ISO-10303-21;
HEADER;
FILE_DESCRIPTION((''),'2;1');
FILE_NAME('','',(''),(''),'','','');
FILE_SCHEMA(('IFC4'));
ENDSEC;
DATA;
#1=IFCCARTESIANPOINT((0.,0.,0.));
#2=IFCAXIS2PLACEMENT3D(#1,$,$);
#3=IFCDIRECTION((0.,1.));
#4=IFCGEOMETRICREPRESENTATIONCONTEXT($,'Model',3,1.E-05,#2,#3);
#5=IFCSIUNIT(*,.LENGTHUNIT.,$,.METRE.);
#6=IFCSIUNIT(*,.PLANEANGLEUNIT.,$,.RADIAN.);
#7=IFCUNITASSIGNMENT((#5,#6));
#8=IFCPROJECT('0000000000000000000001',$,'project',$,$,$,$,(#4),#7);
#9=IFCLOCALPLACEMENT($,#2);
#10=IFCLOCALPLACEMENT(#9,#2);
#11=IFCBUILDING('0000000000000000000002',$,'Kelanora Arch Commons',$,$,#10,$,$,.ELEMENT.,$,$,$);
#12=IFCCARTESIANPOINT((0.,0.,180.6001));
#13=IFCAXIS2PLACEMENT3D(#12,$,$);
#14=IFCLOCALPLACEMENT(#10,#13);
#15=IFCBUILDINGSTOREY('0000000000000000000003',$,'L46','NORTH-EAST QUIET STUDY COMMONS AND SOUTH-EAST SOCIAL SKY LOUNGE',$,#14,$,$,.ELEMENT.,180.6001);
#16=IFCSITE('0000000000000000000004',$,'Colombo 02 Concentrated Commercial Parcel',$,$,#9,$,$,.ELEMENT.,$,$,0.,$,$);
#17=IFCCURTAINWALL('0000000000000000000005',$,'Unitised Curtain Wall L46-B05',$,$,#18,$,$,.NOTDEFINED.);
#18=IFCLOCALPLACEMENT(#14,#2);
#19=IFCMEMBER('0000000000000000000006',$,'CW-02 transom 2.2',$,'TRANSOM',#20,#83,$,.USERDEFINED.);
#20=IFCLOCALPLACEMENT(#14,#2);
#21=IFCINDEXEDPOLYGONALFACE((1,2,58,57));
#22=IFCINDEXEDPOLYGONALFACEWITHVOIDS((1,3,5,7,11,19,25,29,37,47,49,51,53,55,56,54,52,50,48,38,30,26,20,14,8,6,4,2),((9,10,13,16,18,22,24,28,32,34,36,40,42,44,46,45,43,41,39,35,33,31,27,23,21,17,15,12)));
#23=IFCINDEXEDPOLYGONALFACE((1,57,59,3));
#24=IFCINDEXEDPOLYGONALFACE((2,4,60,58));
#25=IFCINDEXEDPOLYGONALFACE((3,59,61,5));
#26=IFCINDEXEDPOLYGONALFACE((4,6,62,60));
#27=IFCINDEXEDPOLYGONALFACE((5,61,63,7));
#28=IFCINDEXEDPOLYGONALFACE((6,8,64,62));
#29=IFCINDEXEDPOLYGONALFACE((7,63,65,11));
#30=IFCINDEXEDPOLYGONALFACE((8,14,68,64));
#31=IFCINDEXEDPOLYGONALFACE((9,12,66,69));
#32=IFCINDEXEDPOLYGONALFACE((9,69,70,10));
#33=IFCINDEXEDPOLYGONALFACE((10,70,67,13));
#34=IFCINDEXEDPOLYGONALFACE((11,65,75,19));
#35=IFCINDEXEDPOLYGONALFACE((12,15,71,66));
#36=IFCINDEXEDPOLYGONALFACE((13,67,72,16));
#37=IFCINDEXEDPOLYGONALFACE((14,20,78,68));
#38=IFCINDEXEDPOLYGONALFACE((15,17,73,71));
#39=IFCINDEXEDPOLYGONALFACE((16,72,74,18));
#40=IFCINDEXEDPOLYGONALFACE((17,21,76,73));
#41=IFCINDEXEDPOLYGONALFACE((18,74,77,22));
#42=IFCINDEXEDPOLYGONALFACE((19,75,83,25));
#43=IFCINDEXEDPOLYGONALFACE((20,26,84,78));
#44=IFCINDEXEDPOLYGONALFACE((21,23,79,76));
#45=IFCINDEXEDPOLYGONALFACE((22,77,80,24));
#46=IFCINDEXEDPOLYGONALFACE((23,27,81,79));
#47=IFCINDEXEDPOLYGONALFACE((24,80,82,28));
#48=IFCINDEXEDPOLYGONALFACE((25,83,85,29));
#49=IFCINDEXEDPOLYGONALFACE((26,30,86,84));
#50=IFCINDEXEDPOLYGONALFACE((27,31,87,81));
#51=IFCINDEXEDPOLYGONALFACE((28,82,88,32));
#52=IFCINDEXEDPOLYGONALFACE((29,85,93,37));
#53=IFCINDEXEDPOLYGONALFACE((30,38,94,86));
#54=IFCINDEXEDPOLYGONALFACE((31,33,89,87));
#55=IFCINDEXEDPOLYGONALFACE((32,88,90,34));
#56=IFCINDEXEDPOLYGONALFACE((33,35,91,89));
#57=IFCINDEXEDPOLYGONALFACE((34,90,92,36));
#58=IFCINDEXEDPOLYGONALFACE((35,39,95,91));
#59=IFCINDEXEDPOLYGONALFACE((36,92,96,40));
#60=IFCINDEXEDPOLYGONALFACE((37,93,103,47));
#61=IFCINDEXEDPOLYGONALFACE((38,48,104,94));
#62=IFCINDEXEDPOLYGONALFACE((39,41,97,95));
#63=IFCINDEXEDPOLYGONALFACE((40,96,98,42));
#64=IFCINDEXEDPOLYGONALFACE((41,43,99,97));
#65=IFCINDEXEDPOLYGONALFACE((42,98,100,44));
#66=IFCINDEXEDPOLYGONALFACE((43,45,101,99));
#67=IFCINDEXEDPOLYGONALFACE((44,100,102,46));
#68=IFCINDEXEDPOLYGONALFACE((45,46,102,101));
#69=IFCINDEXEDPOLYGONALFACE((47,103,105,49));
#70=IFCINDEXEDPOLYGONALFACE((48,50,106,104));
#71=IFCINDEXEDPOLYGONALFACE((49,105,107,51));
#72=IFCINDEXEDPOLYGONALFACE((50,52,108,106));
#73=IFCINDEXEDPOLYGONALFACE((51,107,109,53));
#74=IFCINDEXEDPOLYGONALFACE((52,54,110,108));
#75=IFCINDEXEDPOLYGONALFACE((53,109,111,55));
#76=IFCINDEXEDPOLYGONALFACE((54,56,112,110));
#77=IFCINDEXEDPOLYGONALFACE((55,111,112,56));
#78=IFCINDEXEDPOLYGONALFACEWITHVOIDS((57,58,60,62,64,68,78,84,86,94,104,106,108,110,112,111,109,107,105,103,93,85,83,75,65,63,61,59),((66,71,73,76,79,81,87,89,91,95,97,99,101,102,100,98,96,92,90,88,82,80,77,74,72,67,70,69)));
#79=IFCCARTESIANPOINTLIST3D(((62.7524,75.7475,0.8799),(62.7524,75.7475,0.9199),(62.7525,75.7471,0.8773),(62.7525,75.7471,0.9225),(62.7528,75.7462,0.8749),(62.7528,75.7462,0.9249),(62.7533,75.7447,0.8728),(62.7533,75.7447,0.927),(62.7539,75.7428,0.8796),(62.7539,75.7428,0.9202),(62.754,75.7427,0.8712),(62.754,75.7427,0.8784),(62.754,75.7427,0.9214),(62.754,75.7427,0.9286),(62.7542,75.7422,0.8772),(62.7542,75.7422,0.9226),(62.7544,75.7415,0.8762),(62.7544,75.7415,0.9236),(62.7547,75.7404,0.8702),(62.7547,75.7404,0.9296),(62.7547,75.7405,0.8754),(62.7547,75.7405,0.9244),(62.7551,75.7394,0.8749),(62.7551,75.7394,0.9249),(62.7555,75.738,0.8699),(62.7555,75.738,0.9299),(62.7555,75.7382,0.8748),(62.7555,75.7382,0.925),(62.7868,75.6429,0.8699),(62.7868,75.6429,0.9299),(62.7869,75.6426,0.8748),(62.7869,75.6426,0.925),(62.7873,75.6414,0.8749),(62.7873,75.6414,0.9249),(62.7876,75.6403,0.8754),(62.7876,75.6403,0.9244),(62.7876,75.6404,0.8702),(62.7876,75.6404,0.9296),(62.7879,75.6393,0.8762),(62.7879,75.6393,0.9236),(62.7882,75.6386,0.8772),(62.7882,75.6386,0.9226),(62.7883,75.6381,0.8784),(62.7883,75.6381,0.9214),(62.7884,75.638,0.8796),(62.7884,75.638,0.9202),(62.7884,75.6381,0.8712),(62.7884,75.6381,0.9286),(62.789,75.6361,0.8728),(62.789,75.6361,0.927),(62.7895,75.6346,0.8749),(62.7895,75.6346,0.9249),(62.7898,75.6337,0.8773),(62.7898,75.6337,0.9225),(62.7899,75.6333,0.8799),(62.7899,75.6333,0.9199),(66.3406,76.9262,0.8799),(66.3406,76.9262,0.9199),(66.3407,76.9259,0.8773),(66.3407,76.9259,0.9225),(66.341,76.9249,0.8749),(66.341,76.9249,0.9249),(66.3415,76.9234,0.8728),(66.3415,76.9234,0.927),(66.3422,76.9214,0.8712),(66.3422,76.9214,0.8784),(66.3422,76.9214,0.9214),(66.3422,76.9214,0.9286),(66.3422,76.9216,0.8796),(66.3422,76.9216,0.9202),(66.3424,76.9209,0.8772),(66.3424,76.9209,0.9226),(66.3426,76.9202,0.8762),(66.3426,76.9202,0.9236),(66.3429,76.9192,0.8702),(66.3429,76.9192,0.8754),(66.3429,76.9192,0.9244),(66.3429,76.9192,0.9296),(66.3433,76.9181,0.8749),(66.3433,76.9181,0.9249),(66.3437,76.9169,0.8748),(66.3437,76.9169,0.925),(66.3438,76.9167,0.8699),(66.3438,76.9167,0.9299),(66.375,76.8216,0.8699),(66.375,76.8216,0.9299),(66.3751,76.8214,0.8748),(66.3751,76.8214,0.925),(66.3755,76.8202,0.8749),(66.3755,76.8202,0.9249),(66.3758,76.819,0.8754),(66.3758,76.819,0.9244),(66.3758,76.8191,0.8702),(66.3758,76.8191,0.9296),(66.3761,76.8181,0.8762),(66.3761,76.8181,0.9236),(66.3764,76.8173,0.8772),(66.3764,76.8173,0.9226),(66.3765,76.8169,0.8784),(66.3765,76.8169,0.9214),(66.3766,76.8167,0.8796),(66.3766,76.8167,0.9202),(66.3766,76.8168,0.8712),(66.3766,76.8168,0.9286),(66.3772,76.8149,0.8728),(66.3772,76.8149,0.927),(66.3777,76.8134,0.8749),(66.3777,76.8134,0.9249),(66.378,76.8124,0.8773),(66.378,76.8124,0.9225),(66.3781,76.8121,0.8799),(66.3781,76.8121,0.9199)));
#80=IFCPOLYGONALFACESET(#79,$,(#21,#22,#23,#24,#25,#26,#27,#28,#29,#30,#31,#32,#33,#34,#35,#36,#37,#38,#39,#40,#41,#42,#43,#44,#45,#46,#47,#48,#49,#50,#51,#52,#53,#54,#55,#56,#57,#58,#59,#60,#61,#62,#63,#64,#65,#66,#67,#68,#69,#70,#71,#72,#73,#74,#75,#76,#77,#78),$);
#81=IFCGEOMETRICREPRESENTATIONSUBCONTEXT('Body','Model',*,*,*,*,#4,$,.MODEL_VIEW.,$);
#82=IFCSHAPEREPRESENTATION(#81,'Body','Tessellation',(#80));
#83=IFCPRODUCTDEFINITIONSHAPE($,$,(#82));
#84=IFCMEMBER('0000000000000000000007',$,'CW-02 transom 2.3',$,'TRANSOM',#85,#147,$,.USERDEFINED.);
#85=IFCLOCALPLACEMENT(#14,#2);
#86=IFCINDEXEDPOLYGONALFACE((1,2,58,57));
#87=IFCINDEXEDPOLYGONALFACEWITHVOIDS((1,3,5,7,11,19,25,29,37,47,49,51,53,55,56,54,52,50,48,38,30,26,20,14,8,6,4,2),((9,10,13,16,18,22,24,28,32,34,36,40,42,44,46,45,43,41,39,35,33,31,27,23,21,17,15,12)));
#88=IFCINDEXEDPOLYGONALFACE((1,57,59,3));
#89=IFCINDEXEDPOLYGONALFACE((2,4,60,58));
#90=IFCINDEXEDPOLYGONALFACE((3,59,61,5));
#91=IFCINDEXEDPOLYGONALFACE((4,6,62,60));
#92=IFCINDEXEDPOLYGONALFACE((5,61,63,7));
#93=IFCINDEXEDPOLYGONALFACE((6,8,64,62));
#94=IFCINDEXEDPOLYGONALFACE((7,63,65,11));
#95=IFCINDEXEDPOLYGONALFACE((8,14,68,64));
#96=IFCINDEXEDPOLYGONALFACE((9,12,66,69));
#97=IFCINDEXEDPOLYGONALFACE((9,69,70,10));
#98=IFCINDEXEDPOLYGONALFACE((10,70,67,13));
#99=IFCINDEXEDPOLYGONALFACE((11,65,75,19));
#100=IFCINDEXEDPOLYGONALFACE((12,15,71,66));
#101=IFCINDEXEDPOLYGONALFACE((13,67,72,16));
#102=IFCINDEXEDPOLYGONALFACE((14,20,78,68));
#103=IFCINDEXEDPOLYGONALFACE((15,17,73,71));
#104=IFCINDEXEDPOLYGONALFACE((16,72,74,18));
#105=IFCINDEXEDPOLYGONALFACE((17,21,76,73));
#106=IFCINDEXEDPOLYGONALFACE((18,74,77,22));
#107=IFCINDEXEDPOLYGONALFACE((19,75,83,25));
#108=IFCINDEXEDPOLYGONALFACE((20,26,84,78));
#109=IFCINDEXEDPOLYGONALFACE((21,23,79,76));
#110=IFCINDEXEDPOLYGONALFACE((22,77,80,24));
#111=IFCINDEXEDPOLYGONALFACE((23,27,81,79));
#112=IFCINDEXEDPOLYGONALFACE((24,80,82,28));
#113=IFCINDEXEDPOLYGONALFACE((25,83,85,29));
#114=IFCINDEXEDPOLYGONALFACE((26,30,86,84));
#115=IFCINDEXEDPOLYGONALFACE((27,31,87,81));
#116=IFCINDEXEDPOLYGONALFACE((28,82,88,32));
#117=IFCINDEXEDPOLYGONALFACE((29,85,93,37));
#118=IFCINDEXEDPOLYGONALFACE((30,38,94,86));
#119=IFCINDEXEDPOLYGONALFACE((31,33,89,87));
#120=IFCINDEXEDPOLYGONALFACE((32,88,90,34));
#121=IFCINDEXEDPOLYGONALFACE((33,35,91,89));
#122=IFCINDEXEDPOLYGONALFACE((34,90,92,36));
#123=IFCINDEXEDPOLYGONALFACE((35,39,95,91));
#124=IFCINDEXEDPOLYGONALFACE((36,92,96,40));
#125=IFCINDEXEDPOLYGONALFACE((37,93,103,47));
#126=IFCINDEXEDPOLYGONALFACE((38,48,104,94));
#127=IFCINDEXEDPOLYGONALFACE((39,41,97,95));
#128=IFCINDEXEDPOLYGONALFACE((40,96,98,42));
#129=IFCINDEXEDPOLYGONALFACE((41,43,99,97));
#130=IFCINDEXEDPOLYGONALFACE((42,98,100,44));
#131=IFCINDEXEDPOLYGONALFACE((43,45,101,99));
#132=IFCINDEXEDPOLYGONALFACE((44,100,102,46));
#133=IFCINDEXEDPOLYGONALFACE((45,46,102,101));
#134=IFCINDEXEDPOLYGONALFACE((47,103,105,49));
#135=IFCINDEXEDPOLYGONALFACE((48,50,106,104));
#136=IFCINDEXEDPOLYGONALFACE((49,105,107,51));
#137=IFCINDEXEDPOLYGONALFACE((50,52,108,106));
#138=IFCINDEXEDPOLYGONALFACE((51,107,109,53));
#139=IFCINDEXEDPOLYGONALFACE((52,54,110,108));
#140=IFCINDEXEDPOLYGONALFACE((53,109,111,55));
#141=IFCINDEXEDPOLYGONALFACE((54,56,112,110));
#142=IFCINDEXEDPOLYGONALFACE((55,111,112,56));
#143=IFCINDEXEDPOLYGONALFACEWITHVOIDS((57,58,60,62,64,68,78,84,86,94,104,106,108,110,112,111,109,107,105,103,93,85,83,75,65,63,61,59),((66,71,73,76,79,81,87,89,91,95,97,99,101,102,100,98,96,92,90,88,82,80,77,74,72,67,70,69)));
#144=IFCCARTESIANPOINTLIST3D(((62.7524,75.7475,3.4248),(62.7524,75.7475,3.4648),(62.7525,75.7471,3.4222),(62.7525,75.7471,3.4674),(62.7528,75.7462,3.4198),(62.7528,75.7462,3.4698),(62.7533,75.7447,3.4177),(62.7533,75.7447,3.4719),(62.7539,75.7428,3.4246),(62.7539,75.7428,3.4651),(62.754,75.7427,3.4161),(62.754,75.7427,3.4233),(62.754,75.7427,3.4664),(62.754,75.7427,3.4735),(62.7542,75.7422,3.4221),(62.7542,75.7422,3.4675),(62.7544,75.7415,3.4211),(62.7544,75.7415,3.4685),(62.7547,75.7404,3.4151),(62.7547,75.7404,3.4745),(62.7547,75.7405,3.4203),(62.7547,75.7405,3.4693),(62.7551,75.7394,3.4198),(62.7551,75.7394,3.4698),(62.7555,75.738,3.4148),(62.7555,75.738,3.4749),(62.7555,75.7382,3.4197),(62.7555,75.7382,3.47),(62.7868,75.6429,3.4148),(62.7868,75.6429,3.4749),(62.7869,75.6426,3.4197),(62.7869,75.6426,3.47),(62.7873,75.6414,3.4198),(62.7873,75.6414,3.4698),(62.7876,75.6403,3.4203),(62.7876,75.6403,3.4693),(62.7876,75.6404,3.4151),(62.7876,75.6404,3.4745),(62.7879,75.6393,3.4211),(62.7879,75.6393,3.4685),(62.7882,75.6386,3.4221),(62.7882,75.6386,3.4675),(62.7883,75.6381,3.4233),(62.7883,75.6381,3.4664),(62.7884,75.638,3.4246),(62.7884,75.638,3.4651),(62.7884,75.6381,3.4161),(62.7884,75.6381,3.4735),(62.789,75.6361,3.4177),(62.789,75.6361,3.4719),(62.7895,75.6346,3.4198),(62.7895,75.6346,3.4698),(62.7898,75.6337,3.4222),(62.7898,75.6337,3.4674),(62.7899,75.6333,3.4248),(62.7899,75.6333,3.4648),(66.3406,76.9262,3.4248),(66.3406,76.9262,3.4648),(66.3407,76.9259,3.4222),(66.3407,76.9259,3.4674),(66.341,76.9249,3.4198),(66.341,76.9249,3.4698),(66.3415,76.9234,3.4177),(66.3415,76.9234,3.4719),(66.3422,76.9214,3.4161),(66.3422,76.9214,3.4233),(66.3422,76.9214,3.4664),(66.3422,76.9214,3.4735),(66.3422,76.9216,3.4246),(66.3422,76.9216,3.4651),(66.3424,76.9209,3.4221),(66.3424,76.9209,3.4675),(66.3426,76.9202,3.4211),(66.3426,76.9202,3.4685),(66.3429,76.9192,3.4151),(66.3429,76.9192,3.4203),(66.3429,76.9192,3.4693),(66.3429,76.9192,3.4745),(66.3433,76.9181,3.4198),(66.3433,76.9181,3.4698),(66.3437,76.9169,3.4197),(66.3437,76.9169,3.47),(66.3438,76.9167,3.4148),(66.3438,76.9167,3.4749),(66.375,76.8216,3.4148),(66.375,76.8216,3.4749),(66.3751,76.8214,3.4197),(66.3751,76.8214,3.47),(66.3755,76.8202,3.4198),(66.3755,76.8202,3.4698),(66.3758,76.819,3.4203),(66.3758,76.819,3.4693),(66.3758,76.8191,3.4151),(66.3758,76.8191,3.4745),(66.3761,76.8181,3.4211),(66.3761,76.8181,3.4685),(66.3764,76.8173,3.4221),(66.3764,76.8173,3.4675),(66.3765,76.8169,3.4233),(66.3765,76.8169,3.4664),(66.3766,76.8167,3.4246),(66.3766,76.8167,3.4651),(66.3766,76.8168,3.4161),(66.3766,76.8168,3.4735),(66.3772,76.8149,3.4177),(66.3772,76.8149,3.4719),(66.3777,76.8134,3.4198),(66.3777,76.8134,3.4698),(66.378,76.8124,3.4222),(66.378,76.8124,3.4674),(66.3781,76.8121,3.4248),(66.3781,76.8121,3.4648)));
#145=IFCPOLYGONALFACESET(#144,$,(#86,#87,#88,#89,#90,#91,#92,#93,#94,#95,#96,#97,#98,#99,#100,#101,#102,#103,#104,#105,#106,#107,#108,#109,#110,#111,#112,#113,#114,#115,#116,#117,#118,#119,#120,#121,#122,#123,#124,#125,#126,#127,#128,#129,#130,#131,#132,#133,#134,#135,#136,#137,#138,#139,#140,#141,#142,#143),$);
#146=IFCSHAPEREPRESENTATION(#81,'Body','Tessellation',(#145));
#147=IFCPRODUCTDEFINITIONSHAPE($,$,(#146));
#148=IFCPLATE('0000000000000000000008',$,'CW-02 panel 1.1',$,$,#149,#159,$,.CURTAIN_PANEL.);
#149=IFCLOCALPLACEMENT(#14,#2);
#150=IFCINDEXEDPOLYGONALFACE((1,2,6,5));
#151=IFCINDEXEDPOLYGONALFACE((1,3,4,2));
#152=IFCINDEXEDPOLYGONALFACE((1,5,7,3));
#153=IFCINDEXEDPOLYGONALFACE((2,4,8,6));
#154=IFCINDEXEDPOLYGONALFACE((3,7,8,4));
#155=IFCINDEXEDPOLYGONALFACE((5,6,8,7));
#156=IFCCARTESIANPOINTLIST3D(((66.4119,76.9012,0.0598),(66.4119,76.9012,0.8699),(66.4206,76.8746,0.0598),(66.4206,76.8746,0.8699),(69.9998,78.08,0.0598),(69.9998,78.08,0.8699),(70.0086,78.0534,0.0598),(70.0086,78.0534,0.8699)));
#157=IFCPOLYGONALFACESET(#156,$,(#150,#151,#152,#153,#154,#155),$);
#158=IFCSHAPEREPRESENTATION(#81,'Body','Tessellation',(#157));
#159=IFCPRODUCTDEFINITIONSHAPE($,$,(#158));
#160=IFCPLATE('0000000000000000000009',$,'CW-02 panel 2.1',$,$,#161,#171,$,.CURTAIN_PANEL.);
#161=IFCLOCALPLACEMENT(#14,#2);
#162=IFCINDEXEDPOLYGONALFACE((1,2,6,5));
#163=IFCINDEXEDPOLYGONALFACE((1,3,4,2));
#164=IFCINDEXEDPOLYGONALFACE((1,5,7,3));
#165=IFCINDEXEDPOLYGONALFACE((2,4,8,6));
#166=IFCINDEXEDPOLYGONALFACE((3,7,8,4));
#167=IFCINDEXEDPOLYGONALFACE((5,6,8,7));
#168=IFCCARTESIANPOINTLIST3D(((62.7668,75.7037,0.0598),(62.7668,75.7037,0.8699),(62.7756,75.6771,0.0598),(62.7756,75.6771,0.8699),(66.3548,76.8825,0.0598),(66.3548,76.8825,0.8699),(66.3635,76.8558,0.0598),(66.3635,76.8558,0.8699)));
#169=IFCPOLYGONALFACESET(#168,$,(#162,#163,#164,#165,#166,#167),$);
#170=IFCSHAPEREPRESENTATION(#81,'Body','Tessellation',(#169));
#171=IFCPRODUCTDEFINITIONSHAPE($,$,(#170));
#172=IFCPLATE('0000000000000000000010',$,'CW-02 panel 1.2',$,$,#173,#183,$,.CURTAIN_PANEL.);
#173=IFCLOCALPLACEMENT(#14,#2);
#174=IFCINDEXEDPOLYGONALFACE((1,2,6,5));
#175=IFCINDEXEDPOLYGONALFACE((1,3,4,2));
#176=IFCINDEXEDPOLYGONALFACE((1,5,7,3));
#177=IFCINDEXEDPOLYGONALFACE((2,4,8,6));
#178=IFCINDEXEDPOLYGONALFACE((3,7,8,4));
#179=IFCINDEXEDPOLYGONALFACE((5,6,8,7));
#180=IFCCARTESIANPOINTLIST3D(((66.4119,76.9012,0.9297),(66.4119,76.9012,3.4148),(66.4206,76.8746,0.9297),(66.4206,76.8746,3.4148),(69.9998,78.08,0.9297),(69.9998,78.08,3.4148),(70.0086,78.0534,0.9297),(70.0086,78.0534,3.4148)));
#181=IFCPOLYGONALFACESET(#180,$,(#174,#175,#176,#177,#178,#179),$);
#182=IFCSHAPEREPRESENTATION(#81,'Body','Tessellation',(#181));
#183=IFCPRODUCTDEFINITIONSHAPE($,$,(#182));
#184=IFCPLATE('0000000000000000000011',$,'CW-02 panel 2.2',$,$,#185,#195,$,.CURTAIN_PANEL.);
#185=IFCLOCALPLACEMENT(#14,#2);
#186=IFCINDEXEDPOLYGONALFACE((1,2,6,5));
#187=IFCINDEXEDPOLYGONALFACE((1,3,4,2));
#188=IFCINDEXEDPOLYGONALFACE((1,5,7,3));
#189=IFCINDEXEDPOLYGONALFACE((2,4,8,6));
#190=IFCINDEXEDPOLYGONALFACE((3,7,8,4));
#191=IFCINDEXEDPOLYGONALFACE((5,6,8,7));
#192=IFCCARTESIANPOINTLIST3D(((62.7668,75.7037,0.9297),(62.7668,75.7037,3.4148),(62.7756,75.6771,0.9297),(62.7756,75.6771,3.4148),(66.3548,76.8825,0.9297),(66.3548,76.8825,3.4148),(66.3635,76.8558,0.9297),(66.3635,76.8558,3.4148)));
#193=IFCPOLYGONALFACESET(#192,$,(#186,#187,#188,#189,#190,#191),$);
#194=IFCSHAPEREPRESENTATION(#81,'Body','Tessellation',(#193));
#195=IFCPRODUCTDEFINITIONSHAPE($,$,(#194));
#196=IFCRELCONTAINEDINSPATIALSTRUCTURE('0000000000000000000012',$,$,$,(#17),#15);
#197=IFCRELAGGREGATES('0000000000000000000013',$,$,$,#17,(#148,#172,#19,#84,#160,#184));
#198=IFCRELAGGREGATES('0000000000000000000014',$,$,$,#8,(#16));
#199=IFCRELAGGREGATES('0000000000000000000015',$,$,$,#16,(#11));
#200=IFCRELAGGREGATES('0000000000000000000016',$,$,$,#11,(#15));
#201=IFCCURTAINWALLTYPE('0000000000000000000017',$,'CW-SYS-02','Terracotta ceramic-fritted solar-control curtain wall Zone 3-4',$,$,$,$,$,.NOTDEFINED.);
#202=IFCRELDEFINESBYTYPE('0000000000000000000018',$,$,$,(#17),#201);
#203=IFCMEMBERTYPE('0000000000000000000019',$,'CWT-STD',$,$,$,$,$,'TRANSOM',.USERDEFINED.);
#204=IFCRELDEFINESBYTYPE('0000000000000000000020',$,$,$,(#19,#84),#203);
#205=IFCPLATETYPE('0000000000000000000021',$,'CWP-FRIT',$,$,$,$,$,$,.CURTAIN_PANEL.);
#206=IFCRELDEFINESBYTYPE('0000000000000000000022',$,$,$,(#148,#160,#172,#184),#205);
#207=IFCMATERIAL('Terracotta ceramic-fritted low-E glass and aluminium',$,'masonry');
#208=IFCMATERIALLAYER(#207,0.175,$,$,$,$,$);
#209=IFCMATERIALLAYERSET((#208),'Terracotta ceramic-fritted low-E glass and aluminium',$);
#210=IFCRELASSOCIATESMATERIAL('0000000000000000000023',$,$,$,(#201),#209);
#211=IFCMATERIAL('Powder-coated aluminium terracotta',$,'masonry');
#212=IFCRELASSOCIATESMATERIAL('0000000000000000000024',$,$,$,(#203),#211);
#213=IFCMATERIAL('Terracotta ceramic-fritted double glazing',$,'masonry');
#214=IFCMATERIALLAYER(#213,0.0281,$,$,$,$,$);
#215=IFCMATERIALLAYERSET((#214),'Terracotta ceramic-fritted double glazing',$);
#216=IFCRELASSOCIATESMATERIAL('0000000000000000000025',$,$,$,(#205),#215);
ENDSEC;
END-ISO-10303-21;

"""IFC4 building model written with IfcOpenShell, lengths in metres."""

from ifc_helpers import new_model, si_unit, direction, frame, origin, origin_2d, place, context, subcontext, project, spatial, rectangle, hollow_rectangle, extrude, source, transform, mapped, material, layer, layer_set, material_profile, profile_set, type_object, element, aggregate, save


model = new_model("IFC4")

# Units and contexts
model_context = context("Model", 3, precision=1e-05, world=origin(), true_north=direction((0.0, 1.0)))
body_context = subcontext(model_context, "Body", "Model", "MODEL_VIEW")
ifc_project = project(units=[si_unit("LENGTHUNIT", "METRE"), si_unit("PLANEANGLEUNIT", "RADIAN")], contexts=[model_context])

# Site, building, storey
site_placement = place(None, origin())
site = spatial("IfcSite", under=ifc_project, at=site_placement, Name="Colombo 02 Concentrated Commercial Parcel", CompositionType="ELEMENT", RefElevation=0.0)
building_placement = place(site_placement, origin())
building = spatial("IfcBuilding", under=site, at=building_placement, Name="Kelanora Arch Commons", CompositionType="ELEMENT")
storey_placement = place(building_placement, frame((0.0, 0.0, 180.6001)))
storey = spatial("IfcBuildingStorey", under=building, at=storey_placement, Name="L46", Description="NORTH-EAST QUIET STUDY COMMONS AND SOUTH-EAST SOCIAL SKY LOUNGE", CompositionType="ELEMENT", Elevation=180.6001)

# Curtain wall, members, plates
ifc_material_1 = material(Name="Terracotta ceramic-fritted low-E glass and aluminium", Category="masonry")
ifc_layer_1 = layer(ifc_material_1, 0.175)
ifc_layer_set_1 = layer_set([ifc_layer_1], Name="Terracotta ceramic-fritted low-E glass and aluminium")
curtain_wall_type = type_object("IfcCurtainWallType", Name="CW-SYS-02", Description="Terracotta ceramic-fritted solar-control curtain wall Zone 3-4", PredefinedType="NOTDEFINED", material=ifc_layer_set_1)
curtain_wall_placement = place(storey_placement, origin())
curtain_wall = element("IfcCurtainWall", 1, at=curtain_wall_placement, inside=storey, type_object=curtain_wall_type, Name="Unitised Curtain Wall L46-B05", PredefinedType="NOTDEFINED")
ifc_material_2 = material(Name="Powder-coated aluminium terracotta", Category="masonry")
ifc_material_profile_1 = material_profile(ifc_material_2, hollow_rectangle(XDim=0.1201, YDim=0.0601, WallThickness=0.0049, InnerFilletRadius=0.0049, OuterFilletRadius=0.01, at=origin_2d()), Name="CWT120x60")
ifc_profile_set_1 = profile_set([ifc_material_profile_1], Name="Powder-coated aluminium terracotta")
member_type_1 = type_object("IfcMemberType", Name="CWT-STD", ElementType="TRANSOM", PredefinedType="USERDEFINED", material=ifc_profile_set_1)
member_1_placement = place(storey_placement, frame((66.3594, 76.8691, 0.8999), z_axis=(-0.950051, -0.312094, 0.0), x_axis=(0.312094, -0.950051, 0.0)))
member_1 = element("IfcMember", 2, at=member_1_placement, type_object=member_type_1, Name="CW-02 transom 2.2", ObjectType="TRANSOM", PredefinedType="USERDEFINED", context=body_context, shape_type="SweptSolid", body=[
    extrude(hollow_rectangle(XDim=0.1201, YDim=0.0601, WallThickness=0.0049, InnerFilletRadius=0.0049, OuterFilletRadius=0.01, at=origin_2d()), origin(), (0.0, 0.0, 1.0), 3.7769),
])
member_2_placement = place(storey_placement, frame((66.3594, 76.8691, 3.4448), z_axis=(-0.950051, -0.312094, 0.0), x_axis=(0.312094, -0.950051, 0.0)))
member_2 = element("IfcMember", 3, at=member_2_placement, type_object=member_type_1, Name="CW-02 transom 2.3", ObjectType="TRANSOM", PredefinedType="USERDEFINED", context=body_context, shape_type="SweptSolid", body=[
    extrude(hollow_rectangle(XDim=0.1201, YDim=0.0601, WallThickness=0.0049, InnerFilletRadius=0.0049, OuterFilletRadius=0.01, at=origin_2d()), origin(), (0.0, 0.0, 1.0), 3.7769),
])
ifc_material_3 = material(Name="Terracotta ceramic-fritted double glazing", Category="masonry")
ifc_layer_2 = layer(ifc_material_3, 0.0281)
ifc_layer_set_2 = layer_set([ifc_layer_2], Name="Terracotta ceramic-fritted double glazing")
plate_type = type_object("IfcPlateType", Name="CWP-FRIT", PredefinedType="CURTAIN_PANEL", material=ifc_layer_set_2)
shared_shape_1 = source(origin(), body_context, "Body", "SweptSolid", [
    extrude(rectangle(XDim=3.7766, YDim=0.0281, at=origin_2d()), origin(), (0.0, 0.0, 1.0), 0.8101),
])
plate_1_placement = place(storey_placement, frame((68.2102, 77.4773, 0.0598), z_axis=(0.0, 0.0, 1.0), x_axis=(-0.95004, -0.312128, 0.0)))
plate_1 = element("IfcPlate", 4, at=plate_1_placement, type_object=plate_type, Name="CW-02 panel 1.1", PredefinedType="CURTAIN_PANEL", context=body_context, shape_type="MappedRepresentation", body=[
    mapped(shared_shape_1, transform((0.0, 0.0, 0.0), scale=1.0)),
])
plate_2_placement = place(storey_placement, frame((64.5652, 76.2798, 0.0598), z_axis=(0.0, 0.0, 1.0), x_axis=(-0.95004, -0.312128, 0.0)))
plate_2 = element("IfcPlate", 5, at=plate_2_placement, type_object=plate_type, Name="CW-02 panel 2.1", PredefinedType="CURTAIN_PANEL", context=body_context, shape_type="MappedRepresentation", body=[
    mapped(shared_shape_1, transform((0.0, 0.0, 0.0), scale=1.0)),
])
shared_shape_2 = source(origin(), body_context, "Body", "SweptSolid", [
    extrude(rectangle(XDim=3.7766, YDim=0.0281, at=origin_2d()), origin(), (0.0, 0.0, 1.0), 2.4851),
])
plate_3_placement = place(storey_placement, frame((68.2102, 77.4773, 0.9297), z_axis=(0.0, 0.0, 1.0), x_axis=(-0.95004, -0.312128, 0.0)))
plate_3 = element("IfcPlate", 6, at=plate_3_placement, type_object=plate_type, Name="CW-02 panel 1.2", PredefinedType="CURTAIN_PANEL", context=body_context, shape_type="MappedRepresentation", body=[
    mapped(shared_shape_2, transform((0.0, 0.0, 0.0), scale=1.0)),
])
plate_4_placement = place(storey_placement, frame((64.5652, 76.2798, 0.9297), z_axis=(0.0, 0.0, 1.0), x_axis=(-0.95004, -0.312128, 0.0)))
plate_4 = element("IfcPlate", 7, at=plate_4_placement, type_object=plate_type, Name="CW-02 panel 2.2", PredefinedType="CURTAIN_PANEL", context=body_context, shape_type="MappedRepresentation", body=[
    mapped(shared_shape_2, transform((0.0, 0.0, 0.0), scale=1.0)),
])
aggregate(curtain_wall, [plate_1, plate_3, member_1, member_2, plate_2, plate_4])

save(model, "model.ifc")
